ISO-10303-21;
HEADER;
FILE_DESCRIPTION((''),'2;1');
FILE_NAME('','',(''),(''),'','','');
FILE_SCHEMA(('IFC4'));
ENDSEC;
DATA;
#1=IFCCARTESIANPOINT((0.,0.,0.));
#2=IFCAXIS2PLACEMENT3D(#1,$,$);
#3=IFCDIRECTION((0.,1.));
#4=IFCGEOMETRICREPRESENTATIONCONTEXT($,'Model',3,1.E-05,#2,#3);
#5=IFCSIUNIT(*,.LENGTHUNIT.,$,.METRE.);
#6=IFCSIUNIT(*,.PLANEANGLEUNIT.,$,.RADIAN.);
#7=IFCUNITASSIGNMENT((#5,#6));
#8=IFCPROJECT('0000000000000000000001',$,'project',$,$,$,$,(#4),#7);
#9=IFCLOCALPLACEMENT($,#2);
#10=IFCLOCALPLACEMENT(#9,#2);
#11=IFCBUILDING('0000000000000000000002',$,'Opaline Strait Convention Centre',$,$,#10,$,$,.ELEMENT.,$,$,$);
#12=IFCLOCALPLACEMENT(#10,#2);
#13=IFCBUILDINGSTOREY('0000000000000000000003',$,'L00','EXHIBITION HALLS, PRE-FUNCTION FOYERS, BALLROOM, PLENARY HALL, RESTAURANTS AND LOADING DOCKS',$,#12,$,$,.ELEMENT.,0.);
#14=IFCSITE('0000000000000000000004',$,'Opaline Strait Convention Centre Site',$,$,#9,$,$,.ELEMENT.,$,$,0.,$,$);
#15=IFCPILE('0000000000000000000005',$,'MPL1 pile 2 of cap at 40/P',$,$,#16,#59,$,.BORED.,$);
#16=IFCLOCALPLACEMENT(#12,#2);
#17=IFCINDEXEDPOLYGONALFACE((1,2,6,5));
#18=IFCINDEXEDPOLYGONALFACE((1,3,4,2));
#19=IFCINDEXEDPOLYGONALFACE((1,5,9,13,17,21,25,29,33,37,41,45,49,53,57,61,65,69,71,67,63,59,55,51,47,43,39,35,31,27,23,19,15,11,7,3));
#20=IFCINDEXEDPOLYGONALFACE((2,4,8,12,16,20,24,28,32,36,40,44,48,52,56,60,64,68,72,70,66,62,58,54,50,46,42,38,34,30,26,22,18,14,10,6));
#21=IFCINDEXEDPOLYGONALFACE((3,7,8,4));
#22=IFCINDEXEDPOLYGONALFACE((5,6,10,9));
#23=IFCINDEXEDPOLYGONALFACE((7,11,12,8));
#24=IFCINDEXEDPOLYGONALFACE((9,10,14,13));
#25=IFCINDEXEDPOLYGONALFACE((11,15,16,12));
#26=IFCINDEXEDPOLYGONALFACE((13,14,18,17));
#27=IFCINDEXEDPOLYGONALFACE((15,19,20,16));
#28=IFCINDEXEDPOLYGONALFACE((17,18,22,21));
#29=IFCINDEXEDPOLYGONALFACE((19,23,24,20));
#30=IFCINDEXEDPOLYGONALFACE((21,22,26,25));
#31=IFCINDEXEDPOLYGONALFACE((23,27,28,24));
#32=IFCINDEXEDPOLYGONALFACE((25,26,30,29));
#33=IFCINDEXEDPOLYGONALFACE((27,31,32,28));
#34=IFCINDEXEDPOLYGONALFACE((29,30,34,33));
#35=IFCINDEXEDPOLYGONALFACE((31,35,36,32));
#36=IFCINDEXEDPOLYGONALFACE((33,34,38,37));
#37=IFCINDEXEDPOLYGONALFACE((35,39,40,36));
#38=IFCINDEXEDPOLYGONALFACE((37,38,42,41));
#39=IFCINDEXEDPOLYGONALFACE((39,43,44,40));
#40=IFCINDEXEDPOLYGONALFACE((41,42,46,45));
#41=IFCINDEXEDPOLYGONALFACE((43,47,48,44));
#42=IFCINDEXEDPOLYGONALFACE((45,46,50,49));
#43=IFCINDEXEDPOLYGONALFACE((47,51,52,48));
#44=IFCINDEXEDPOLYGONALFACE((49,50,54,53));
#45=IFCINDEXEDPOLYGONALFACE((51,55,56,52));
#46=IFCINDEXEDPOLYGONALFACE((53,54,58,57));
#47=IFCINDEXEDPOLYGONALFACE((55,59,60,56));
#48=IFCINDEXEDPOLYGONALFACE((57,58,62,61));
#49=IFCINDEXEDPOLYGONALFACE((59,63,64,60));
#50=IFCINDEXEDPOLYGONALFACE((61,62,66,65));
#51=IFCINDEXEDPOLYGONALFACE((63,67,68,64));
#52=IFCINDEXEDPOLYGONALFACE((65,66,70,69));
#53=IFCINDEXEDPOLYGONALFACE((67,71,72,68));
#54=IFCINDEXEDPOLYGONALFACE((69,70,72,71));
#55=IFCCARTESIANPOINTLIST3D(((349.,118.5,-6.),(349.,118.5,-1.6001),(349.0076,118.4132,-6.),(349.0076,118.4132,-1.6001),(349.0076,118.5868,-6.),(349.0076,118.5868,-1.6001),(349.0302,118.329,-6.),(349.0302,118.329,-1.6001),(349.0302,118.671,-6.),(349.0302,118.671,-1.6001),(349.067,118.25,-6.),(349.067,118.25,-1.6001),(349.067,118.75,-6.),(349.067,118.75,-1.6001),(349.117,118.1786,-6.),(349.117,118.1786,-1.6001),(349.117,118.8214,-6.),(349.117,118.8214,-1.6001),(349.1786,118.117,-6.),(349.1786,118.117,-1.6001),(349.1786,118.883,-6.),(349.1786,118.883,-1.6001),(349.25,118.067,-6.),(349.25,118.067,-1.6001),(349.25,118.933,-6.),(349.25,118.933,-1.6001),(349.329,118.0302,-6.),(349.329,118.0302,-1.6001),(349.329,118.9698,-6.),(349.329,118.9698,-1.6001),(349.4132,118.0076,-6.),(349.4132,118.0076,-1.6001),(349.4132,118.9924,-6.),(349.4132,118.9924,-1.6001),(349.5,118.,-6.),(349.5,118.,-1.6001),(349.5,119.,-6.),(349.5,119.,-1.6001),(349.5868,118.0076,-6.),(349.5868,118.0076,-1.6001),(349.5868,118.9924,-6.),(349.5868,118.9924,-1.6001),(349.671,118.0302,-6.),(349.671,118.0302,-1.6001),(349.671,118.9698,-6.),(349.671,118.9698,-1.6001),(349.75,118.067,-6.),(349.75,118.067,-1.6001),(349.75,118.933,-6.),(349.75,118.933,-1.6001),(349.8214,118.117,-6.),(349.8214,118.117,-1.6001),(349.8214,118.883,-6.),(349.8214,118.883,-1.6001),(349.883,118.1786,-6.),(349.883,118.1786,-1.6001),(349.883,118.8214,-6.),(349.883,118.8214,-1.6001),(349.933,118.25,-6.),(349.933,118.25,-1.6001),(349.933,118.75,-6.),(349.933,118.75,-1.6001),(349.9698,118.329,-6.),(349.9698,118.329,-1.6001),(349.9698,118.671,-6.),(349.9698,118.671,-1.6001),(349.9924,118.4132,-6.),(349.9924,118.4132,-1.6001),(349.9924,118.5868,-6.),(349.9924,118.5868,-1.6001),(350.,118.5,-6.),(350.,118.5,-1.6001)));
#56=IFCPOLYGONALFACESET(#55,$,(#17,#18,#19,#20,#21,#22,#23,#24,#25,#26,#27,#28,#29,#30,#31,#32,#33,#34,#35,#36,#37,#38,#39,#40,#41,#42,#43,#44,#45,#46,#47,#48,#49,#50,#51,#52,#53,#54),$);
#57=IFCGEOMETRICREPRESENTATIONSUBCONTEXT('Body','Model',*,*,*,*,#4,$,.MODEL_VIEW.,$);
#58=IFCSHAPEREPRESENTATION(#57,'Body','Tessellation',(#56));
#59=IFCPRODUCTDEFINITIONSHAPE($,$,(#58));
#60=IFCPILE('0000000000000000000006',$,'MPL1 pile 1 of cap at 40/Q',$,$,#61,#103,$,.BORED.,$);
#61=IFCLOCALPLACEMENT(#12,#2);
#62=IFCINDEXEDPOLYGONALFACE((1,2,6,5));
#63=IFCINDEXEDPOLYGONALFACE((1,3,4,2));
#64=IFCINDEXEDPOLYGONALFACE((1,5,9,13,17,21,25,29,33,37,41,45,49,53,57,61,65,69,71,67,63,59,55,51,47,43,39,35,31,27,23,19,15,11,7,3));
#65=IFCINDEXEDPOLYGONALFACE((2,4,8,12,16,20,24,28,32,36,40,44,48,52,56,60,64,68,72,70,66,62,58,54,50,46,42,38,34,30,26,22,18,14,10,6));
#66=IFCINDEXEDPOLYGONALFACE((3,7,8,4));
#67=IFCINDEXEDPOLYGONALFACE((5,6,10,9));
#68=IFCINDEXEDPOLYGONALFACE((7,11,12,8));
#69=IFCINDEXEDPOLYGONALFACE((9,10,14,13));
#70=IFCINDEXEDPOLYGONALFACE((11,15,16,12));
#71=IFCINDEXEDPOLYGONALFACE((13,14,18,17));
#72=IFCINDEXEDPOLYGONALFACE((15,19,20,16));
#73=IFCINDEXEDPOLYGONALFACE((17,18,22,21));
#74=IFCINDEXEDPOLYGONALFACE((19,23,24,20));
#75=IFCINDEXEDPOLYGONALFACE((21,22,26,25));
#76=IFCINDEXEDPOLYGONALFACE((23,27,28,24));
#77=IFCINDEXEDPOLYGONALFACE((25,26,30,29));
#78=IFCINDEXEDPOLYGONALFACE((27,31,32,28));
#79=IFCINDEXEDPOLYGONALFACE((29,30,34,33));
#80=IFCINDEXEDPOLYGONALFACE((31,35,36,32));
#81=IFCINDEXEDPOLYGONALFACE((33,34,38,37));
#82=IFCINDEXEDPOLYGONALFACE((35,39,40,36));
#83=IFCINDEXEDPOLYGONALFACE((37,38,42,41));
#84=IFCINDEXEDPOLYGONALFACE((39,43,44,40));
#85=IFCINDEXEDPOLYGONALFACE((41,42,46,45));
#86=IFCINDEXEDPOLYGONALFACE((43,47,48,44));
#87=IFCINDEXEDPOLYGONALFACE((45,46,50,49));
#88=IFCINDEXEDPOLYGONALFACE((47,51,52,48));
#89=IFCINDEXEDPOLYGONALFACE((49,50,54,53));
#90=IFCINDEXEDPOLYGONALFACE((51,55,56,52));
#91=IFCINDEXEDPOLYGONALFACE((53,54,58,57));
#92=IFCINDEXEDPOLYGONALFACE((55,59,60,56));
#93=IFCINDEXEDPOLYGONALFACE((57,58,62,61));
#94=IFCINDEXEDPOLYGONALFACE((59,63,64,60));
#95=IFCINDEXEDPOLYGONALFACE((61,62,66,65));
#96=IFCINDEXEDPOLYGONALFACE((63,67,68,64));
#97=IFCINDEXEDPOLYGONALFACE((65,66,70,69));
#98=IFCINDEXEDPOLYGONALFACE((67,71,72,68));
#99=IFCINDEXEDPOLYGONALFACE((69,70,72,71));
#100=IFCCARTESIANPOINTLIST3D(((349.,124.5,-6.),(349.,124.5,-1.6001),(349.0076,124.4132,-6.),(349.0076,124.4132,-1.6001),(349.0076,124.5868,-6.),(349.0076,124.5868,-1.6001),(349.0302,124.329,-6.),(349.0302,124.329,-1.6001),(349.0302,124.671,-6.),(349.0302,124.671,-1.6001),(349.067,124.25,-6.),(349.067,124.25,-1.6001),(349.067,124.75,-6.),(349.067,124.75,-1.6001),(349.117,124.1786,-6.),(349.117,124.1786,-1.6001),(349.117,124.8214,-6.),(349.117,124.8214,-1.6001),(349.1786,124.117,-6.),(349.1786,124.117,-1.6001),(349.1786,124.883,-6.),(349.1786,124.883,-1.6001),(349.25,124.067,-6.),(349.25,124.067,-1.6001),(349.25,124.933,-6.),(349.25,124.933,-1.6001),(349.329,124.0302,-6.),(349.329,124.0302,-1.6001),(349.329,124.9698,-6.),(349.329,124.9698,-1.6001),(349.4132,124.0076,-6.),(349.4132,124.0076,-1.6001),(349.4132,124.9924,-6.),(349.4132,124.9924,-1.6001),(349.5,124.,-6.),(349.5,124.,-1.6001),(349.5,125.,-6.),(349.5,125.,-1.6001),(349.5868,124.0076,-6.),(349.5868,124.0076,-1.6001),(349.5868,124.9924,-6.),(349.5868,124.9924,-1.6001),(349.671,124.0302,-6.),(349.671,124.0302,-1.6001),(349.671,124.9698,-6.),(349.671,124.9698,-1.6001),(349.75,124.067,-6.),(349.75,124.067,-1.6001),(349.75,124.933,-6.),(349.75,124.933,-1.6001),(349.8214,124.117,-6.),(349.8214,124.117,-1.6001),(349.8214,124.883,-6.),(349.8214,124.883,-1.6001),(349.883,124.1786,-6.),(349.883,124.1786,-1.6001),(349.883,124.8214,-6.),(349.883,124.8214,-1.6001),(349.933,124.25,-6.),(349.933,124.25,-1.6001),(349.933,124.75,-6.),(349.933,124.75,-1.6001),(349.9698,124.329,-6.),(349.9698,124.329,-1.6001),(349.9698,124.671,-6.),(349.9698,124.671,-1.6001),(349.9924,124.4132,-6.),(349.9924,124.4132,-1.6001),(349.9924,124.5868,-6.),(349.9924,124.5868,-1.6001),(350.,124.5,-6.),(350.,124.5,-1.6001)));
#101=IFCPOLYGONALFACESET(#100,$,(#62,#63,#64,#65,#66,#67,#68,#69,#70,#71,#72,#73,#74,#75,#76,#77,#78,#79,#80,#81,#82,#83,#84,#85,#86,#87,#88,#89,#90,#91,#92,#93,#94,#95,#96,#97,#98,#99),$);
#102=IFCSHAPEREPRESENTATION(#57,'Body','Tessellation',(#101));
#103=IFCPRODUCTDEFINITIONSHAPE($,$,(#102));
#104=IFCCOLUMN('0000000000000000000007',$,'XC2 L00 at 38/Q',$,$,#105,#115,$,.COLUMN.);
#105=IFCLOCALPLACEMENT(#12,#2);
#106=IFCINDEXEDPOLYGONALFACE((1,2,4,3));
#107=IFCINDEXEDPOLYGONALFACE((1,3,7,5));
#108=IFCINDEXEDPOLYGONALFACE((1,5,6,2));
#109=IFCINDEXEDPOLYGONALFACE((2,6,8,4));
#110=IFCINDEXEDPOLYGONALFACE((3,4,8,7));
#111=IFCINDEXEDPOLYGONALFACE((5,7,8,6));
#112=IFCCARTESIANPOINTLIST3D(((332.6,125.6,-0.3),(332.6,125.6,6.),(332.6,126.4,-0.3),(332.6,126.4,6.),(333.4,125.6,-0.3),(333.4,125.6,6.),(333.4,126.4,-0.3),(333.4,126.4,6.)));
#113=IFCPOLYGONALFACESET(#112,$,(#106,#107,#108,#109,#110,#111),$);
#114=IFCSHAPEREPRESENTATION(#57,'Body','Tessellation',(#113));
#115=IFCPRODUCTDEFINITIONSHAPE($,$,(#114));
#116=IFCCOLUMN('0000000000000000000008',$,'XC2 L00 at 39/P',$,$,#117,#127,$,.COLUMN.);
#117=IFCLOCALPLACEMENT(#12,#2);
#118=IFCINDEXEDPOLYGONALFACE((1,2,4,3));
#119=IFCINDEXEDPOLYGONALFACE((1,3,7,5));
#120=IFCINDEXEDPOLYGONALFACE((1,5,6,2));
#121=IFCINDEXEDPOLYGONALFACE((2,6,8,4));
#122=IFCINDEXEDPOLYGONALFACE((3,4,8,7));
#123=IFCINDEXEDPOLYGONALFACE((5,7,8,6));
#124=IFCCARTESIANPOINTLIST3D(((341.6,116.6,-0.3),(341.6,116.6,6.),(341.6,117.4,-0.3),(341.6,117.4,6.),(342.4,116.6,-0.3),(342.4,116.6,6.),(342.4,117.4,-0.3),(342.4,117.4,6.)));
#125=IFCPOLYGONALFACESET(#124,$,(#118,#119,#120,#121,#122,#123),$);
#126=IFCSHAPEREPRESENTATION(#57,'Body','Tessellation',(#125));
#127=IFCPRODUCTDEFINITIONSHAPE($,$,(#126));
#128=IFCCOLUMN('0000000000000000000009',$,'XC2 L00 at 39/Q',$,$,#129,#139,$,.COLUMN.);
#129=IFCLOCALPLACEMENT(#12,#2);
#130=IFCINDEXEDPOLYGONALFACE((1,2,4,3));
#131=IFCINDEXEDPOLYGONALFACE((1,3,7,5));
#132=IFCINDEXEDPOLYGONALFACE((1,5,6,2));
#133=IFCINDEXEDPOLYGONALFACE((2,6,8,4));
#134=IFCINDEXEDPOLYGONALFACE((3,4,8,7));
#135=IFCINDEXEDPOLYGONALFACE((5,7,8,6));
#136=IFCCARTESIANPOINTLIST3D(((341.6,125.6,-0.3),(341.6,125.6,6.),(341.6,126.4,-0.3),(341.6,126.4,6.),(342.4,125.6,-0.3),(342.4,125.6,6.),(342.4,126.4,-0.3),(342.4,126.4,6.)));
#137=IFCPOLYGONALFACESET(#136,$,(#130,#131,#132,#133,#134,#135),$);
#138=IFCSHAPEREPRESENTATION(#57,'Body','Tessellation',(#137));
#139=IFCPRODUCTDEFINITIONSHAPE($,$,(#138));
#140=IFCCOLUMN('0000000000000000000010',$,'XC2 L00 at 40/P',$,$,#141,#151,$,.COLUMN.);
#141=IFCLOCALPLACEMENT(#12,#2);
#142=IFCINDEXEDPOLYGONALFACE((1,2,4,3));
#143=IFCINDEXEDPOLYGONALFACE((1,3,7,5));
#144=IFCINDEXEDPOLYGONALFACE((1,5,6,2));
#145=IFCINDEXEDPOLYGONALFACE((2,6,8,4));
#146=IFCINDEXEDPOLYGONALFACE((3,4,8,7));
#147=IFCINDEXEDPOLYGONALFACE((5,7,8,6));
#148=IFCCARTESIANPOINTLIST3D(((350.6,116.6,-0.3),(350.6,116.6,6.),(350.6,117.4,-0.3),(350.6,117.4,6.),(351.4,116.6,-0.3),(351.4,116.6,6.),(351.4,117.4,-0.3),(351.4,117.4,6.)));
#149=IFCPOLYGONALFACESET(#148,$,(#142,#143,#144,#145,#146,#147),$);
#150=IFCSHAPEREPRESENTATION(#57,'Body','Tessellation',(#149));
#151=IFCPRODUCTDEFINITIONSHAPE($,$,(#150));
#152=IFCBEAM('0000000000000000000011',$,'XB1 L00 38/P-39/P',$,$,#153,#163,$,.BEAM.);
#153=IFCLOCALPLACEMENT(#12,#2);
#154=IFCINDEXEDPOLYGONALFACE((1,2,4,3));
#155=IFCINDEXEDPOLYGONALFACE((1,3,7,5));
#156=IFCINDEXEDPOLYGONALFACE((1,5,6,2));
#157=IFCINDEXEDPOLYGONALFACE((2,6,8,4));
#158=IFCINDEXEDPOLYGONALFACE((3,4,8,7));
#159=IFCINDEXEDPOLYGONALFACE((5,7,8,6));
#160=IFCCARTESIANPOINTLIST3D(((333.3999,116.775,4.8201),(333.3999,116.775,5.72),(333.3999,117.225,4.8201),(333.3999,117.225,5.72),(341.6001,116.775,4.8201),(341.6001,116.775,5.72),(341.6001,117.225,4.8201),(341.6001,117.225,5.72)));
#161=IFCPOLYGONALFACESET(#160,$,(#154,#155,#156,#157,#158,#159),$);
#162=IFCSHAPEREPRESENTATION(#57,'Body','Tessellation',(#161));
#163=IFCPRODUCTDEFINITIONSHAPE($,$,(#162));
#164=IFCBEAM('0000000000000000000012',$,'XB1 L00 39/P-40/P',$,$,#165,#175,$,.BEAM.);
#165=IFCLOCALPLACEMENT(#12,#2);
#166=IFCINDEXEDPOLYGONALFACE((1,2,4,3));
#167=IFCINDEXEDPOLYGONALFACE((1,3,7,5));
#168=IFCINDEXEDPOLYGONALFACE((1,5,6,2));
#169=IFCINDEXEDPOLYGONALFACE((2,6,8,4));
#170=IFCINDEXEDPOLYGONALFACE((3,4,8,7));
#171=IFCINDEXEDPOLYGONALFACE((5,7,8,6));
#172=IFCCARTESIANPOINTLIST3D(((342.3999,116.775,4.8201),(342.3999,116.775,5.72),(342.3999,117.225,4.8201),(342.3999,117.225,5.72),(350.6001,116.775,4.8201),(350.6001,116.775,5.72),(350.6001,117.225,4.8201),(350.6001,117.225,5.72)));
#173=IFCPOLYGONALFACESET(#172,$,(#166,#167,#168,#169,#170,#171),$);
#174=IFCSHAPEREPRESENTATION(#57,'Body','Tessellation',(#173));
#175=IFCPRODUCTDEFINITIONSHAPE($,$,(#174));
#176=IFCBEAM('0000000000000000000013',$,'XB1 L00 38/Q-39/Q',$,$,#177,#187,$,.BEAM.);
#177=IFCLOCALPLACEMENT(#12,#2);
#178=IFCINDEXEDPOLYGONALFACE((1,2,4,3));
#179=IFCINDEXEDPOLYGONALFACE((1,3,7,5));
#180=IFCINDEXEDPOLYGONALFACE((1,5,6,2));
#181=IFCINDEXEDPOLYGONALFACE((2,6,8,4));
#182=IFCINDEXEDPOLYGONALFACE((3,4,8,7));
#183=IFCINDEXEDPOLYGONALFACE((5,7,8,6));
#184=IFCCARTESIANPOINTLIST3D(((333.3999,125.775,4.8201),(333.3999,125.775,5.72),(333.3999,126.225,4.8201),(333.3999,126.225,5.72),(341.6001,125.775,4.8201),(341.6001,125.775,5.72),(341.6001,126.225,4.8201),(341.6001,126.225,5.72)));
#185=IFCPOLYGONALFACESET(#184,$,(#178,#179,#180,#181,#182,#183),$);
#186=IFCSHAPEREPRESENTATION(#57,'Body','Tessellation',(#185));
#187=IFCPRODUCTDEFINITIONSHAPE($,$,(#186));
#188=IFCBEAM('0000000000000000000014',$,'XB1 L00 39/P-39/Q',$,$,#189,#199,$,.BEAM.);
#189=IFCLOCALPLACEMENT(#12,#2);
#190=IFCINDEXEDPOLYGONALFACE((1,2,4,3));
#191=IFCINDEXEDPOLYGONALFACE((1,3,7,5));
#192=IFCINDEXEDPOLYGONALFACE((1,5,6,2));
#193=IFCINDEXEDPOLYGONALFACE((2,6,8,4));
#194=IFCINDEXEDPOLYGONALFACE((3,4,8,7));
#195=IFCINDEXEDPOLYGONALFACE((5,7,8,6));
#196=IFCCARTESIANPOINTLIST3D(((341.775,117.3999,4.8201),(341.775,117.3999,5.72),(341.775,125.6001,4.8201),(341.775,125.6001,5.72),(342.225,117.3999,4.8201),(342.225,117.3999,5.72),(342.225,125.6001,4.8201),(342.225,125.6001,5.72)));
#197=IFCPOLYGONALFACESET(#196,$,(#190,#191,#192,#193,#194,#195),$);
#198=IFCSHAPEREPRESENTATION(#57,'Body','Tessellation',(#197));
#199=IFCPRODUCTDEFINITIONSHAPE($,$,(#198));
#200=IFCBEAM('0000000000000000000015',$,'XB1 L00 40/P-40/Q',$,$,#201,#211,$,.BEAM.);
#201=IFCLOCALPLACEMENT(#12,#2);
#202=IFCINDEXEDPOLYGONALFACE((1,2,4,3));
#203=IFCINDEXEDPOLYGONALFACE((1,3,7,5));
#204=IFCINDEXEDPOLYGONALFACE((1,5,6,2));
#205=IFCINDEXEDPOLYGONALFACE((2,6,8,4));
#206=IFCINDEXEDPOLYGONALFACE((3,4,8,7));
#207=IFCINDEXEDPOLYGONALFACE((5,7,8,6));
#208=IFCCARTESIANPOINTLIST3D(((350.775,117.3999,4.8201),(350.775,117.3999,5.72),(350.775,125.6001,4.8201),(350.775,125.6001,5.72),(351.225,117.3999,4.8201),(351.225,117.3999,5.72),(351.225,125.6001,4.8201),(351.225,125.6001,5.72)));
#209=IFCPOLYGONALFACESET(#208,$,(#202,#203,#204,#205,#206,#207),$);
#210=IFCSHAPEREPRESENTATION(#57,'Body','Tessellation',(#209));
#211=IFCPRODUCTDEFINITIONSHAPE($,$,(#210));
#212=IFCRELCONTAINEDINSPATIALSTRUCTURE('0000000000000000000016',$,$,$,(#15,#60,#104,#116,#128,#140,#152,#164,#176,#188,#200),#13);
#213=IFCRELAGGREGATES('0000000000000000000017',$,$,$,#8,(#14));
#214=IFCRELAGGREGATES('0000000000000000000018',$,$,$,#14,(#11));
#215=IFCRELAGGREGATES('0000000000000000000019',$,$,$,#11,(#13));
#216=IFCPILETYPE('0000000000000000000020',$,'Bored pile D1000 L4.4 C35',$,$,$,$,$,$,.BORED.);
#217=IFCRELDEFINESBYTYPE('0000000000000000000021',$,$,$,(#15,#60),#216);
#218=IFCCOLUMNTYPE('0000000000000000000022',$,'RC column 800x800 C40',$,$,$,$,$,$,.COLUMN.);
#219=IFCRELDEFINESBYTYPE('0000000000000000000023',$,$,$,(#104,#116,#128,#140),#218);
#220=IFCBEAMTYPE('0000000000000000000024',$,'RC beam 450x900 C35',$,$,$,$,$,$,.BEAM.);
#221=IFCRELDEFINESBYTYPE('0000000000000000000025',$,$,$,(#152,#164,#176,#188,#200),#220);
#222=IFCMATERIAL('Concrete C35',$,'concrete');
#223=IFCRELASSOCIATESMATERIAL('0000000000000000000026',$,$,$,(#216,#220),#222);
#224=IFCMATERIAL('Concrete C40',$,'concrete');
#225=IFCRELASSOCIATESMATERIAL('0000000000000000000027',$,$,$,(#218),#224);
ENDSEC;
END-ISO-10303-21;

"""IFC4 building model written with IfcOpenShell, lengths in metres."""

from ifc_helpers import new_model, si_unit, direction, frame, origin, origin_2d, place, context, subcontext, project, spatial, rectangle, circle, extrude, material, material_profile, profile_set, type_object, element, save


model = new_model("IFC4")

# Units and contexts
model_context = context("Model", 3, precision=1e-05, world=origin(), true_north=direction((0.0, 1.0)))
body_context = subcontext(model_context, "Body", "Model", "MODEL_VIEW")
ifc_project = project(units=[si_unit("LENGTHUNIT", "METRE"), si_unit("PLANEANGLEUNIT", "RADIAN")], contexts=[model_context])

# Site, building, storey
site_placement = place(None, origin())
site = spatial("IfcSite", under=ifc_project, at=site_placement, Name="Opaline Strait Convention Centre Site", CompositionType="ELEMENT", RefElevation=0.0)
building_placement = place(site_placement, origin())
building = spatial("IfcBuilding", under=site, at=building_placement, Name="Opaline Strait Convention Centre", CompositionType="ELEMENT")
storey_placement = place(building_placement, origin())
storey = spatial("IfcBuildingStorey", under=building, at=storey_placement, Name="L00", Description="EXHIBITION HALLS, PRE-FUNCTION FOYERS, BALLROOM, PLENARY HALL, RESTAURANTS AND LOADING DOCKS", CompositionType="ELEMENT", Elevation=0.0)

# Piles
ifc_material_1 = material(Name="Concrete C35", Category="concrete")
ifc_material_profile_1 = material_profile(ifc_material_1, circle(Radius=0.5, at=origin_2d()), Name="D1000")
ifc_profile_set_1 = profile_set([ifc_material_profile_1], Name="Concrete C35")
pile_type = type_object("IfcPileType", Name="Bored pile D1000 L4.4 C35", PredefinedType="BORED", material=ifc_profile_set_1)
for number, where, z_axis, x_axis, name in (
    (1, (349.5, 118.5, -1.6001), (0.0, 0.0, -1.0), (1.0, 0.0, 0.0), "MPL1 pile 2 of cap at 40/P"),
    (2, (349.5, 124.5, -1.6001), (0.0, 0.0, -1.0), (1.0, 0.0, 0.0), "MPL1 pile 1 of cap at 40/Q"),
):
    element("IfcPile", number, at=place(storey_placement, frame(where, z_axis=z_axis, x_axis=x_axis)), inside=storey, type_object=pile_type, Name=name, PredefinedType="BORED", context=body_context, shape_type="SweptSolid", body=[
        extrude(circle(Radius=0.5, at=origin_2d()), origin(), (0.0, 0.0, 1.0), 4.3999),
    ])

# Columns
ifc_material_2 = material(Name="Concrete C40", Category="concrete")
ifc_material_profile_2 = material_profile(ifc_material_2, rectangle(XDim=0.8, YDim=0.8, at=origin_2d()), Name="RC 800x800")
ifc_profile_set_2 = profile_set([ifc_material_profile_2], Name="Concrete C40")
column_type = type_object("IfcColumnType", Name="RC column 800x800 C40", PredefinedType="COLUMN", material=ifc_profile_set_2)
for number, where, z_axis, x_axis, name in (
    (3, (333.0, 126.0, -0.3), (0.0, 0.0, 1.0), (1.0, 0.0, 0.0), "XC2 L00 at 38/Q"),
    (4, (342.0, 117.0, -0.3), (0.0, 0.0, 1.0), (1.0, 0.0, 0.0), "XC2 L00 at 39/P"),
    (5, (342.0, 126.0, -0.3), (0.0, 0.0, 1.0), (1.0, 0.0, 0.0), "XC2 L00 at 39/Q"),
    (6, (351.0, 117.0, -0.3), (0.0, 0.0, 1.0), (1.0, 0.0, 0.0), "XC2 L00 at 40/P"),
):
    element("IfcColumn", number, at=place(storey_placement, frame(where, z_axis=z_axis, x_axis=x_axis)), inside=storey, type_object=column_type, Name=name, PredefinedType="COLUMN", context=body_context, shape_type="SweptSolid", body=[
        extrude(rectangle(XDim=0.8, YDim=0.8, at=origin_2d()), origin(), (0.0, 0.0, 1.0), 6.3),
    ])

# Beams
ifc_material_profile_3 = material_profile(ifc_material_1, rectangle(XDim=0.45, YDim=0.8999, at=origin_2d()), Name="RC 450x900")
ifc_profile_set_3 = profile_set([ifc_material_profile_3], Name="Concrete C35")
beam_type = type_object("IfcBeamType", Name="RC beam 450x900 C35", PredefinedType="BEAM", material=ifc_profile_set_3)
for number, where, z_axis, x_axis, name in (
    (7, (333.3999, 117.0, 5.27), (1.0, 0.0, 0.0), (0.0, 1.0, 0.0), "XB1 L00 38/P-39/P"),
    (8, (342.3999, 117.0, 5.27), (1.0, 0.0, 0.0), (0.0, 1.0, 0.0), "XB1 L00 39/P-40/P"),
    (9, (333.3999, 126.0, 5.27), (1.0, 0.0, 0.0), (0.0, 1.0, 0.0), "XB1 L00 38/Q-39/Q"),
    (10, (342.0, 117.3999, 5.27), (0.0, 1.0, 0.0), (-1.0, 0.0, 0.0), "XB1 L00 39/P-39/Q"),
    (11, (351.0, 117.3999, 5.27), (0.0, 1.0, 0.0), (-1.0, 0.0, 0.0), "XB1 L00 40/P-40/Q"),
):
    element("IfcBeam", number, at=place(storey_placement, frame(where, z_axis=z_axis, x_axis=x_axis)), inside=storey, type_object=beam_type, Name=name, PredefinedType="BEAM", context=body_context, shape_type="SweptSolid", body=[
        extrude(rectangle(XDim=0.45, YDim=0.8999, at=origin_2d()), origin(), (0.0, 0.0, 1.0), 8.2002),
    ])

save(model, "model.ifc")
